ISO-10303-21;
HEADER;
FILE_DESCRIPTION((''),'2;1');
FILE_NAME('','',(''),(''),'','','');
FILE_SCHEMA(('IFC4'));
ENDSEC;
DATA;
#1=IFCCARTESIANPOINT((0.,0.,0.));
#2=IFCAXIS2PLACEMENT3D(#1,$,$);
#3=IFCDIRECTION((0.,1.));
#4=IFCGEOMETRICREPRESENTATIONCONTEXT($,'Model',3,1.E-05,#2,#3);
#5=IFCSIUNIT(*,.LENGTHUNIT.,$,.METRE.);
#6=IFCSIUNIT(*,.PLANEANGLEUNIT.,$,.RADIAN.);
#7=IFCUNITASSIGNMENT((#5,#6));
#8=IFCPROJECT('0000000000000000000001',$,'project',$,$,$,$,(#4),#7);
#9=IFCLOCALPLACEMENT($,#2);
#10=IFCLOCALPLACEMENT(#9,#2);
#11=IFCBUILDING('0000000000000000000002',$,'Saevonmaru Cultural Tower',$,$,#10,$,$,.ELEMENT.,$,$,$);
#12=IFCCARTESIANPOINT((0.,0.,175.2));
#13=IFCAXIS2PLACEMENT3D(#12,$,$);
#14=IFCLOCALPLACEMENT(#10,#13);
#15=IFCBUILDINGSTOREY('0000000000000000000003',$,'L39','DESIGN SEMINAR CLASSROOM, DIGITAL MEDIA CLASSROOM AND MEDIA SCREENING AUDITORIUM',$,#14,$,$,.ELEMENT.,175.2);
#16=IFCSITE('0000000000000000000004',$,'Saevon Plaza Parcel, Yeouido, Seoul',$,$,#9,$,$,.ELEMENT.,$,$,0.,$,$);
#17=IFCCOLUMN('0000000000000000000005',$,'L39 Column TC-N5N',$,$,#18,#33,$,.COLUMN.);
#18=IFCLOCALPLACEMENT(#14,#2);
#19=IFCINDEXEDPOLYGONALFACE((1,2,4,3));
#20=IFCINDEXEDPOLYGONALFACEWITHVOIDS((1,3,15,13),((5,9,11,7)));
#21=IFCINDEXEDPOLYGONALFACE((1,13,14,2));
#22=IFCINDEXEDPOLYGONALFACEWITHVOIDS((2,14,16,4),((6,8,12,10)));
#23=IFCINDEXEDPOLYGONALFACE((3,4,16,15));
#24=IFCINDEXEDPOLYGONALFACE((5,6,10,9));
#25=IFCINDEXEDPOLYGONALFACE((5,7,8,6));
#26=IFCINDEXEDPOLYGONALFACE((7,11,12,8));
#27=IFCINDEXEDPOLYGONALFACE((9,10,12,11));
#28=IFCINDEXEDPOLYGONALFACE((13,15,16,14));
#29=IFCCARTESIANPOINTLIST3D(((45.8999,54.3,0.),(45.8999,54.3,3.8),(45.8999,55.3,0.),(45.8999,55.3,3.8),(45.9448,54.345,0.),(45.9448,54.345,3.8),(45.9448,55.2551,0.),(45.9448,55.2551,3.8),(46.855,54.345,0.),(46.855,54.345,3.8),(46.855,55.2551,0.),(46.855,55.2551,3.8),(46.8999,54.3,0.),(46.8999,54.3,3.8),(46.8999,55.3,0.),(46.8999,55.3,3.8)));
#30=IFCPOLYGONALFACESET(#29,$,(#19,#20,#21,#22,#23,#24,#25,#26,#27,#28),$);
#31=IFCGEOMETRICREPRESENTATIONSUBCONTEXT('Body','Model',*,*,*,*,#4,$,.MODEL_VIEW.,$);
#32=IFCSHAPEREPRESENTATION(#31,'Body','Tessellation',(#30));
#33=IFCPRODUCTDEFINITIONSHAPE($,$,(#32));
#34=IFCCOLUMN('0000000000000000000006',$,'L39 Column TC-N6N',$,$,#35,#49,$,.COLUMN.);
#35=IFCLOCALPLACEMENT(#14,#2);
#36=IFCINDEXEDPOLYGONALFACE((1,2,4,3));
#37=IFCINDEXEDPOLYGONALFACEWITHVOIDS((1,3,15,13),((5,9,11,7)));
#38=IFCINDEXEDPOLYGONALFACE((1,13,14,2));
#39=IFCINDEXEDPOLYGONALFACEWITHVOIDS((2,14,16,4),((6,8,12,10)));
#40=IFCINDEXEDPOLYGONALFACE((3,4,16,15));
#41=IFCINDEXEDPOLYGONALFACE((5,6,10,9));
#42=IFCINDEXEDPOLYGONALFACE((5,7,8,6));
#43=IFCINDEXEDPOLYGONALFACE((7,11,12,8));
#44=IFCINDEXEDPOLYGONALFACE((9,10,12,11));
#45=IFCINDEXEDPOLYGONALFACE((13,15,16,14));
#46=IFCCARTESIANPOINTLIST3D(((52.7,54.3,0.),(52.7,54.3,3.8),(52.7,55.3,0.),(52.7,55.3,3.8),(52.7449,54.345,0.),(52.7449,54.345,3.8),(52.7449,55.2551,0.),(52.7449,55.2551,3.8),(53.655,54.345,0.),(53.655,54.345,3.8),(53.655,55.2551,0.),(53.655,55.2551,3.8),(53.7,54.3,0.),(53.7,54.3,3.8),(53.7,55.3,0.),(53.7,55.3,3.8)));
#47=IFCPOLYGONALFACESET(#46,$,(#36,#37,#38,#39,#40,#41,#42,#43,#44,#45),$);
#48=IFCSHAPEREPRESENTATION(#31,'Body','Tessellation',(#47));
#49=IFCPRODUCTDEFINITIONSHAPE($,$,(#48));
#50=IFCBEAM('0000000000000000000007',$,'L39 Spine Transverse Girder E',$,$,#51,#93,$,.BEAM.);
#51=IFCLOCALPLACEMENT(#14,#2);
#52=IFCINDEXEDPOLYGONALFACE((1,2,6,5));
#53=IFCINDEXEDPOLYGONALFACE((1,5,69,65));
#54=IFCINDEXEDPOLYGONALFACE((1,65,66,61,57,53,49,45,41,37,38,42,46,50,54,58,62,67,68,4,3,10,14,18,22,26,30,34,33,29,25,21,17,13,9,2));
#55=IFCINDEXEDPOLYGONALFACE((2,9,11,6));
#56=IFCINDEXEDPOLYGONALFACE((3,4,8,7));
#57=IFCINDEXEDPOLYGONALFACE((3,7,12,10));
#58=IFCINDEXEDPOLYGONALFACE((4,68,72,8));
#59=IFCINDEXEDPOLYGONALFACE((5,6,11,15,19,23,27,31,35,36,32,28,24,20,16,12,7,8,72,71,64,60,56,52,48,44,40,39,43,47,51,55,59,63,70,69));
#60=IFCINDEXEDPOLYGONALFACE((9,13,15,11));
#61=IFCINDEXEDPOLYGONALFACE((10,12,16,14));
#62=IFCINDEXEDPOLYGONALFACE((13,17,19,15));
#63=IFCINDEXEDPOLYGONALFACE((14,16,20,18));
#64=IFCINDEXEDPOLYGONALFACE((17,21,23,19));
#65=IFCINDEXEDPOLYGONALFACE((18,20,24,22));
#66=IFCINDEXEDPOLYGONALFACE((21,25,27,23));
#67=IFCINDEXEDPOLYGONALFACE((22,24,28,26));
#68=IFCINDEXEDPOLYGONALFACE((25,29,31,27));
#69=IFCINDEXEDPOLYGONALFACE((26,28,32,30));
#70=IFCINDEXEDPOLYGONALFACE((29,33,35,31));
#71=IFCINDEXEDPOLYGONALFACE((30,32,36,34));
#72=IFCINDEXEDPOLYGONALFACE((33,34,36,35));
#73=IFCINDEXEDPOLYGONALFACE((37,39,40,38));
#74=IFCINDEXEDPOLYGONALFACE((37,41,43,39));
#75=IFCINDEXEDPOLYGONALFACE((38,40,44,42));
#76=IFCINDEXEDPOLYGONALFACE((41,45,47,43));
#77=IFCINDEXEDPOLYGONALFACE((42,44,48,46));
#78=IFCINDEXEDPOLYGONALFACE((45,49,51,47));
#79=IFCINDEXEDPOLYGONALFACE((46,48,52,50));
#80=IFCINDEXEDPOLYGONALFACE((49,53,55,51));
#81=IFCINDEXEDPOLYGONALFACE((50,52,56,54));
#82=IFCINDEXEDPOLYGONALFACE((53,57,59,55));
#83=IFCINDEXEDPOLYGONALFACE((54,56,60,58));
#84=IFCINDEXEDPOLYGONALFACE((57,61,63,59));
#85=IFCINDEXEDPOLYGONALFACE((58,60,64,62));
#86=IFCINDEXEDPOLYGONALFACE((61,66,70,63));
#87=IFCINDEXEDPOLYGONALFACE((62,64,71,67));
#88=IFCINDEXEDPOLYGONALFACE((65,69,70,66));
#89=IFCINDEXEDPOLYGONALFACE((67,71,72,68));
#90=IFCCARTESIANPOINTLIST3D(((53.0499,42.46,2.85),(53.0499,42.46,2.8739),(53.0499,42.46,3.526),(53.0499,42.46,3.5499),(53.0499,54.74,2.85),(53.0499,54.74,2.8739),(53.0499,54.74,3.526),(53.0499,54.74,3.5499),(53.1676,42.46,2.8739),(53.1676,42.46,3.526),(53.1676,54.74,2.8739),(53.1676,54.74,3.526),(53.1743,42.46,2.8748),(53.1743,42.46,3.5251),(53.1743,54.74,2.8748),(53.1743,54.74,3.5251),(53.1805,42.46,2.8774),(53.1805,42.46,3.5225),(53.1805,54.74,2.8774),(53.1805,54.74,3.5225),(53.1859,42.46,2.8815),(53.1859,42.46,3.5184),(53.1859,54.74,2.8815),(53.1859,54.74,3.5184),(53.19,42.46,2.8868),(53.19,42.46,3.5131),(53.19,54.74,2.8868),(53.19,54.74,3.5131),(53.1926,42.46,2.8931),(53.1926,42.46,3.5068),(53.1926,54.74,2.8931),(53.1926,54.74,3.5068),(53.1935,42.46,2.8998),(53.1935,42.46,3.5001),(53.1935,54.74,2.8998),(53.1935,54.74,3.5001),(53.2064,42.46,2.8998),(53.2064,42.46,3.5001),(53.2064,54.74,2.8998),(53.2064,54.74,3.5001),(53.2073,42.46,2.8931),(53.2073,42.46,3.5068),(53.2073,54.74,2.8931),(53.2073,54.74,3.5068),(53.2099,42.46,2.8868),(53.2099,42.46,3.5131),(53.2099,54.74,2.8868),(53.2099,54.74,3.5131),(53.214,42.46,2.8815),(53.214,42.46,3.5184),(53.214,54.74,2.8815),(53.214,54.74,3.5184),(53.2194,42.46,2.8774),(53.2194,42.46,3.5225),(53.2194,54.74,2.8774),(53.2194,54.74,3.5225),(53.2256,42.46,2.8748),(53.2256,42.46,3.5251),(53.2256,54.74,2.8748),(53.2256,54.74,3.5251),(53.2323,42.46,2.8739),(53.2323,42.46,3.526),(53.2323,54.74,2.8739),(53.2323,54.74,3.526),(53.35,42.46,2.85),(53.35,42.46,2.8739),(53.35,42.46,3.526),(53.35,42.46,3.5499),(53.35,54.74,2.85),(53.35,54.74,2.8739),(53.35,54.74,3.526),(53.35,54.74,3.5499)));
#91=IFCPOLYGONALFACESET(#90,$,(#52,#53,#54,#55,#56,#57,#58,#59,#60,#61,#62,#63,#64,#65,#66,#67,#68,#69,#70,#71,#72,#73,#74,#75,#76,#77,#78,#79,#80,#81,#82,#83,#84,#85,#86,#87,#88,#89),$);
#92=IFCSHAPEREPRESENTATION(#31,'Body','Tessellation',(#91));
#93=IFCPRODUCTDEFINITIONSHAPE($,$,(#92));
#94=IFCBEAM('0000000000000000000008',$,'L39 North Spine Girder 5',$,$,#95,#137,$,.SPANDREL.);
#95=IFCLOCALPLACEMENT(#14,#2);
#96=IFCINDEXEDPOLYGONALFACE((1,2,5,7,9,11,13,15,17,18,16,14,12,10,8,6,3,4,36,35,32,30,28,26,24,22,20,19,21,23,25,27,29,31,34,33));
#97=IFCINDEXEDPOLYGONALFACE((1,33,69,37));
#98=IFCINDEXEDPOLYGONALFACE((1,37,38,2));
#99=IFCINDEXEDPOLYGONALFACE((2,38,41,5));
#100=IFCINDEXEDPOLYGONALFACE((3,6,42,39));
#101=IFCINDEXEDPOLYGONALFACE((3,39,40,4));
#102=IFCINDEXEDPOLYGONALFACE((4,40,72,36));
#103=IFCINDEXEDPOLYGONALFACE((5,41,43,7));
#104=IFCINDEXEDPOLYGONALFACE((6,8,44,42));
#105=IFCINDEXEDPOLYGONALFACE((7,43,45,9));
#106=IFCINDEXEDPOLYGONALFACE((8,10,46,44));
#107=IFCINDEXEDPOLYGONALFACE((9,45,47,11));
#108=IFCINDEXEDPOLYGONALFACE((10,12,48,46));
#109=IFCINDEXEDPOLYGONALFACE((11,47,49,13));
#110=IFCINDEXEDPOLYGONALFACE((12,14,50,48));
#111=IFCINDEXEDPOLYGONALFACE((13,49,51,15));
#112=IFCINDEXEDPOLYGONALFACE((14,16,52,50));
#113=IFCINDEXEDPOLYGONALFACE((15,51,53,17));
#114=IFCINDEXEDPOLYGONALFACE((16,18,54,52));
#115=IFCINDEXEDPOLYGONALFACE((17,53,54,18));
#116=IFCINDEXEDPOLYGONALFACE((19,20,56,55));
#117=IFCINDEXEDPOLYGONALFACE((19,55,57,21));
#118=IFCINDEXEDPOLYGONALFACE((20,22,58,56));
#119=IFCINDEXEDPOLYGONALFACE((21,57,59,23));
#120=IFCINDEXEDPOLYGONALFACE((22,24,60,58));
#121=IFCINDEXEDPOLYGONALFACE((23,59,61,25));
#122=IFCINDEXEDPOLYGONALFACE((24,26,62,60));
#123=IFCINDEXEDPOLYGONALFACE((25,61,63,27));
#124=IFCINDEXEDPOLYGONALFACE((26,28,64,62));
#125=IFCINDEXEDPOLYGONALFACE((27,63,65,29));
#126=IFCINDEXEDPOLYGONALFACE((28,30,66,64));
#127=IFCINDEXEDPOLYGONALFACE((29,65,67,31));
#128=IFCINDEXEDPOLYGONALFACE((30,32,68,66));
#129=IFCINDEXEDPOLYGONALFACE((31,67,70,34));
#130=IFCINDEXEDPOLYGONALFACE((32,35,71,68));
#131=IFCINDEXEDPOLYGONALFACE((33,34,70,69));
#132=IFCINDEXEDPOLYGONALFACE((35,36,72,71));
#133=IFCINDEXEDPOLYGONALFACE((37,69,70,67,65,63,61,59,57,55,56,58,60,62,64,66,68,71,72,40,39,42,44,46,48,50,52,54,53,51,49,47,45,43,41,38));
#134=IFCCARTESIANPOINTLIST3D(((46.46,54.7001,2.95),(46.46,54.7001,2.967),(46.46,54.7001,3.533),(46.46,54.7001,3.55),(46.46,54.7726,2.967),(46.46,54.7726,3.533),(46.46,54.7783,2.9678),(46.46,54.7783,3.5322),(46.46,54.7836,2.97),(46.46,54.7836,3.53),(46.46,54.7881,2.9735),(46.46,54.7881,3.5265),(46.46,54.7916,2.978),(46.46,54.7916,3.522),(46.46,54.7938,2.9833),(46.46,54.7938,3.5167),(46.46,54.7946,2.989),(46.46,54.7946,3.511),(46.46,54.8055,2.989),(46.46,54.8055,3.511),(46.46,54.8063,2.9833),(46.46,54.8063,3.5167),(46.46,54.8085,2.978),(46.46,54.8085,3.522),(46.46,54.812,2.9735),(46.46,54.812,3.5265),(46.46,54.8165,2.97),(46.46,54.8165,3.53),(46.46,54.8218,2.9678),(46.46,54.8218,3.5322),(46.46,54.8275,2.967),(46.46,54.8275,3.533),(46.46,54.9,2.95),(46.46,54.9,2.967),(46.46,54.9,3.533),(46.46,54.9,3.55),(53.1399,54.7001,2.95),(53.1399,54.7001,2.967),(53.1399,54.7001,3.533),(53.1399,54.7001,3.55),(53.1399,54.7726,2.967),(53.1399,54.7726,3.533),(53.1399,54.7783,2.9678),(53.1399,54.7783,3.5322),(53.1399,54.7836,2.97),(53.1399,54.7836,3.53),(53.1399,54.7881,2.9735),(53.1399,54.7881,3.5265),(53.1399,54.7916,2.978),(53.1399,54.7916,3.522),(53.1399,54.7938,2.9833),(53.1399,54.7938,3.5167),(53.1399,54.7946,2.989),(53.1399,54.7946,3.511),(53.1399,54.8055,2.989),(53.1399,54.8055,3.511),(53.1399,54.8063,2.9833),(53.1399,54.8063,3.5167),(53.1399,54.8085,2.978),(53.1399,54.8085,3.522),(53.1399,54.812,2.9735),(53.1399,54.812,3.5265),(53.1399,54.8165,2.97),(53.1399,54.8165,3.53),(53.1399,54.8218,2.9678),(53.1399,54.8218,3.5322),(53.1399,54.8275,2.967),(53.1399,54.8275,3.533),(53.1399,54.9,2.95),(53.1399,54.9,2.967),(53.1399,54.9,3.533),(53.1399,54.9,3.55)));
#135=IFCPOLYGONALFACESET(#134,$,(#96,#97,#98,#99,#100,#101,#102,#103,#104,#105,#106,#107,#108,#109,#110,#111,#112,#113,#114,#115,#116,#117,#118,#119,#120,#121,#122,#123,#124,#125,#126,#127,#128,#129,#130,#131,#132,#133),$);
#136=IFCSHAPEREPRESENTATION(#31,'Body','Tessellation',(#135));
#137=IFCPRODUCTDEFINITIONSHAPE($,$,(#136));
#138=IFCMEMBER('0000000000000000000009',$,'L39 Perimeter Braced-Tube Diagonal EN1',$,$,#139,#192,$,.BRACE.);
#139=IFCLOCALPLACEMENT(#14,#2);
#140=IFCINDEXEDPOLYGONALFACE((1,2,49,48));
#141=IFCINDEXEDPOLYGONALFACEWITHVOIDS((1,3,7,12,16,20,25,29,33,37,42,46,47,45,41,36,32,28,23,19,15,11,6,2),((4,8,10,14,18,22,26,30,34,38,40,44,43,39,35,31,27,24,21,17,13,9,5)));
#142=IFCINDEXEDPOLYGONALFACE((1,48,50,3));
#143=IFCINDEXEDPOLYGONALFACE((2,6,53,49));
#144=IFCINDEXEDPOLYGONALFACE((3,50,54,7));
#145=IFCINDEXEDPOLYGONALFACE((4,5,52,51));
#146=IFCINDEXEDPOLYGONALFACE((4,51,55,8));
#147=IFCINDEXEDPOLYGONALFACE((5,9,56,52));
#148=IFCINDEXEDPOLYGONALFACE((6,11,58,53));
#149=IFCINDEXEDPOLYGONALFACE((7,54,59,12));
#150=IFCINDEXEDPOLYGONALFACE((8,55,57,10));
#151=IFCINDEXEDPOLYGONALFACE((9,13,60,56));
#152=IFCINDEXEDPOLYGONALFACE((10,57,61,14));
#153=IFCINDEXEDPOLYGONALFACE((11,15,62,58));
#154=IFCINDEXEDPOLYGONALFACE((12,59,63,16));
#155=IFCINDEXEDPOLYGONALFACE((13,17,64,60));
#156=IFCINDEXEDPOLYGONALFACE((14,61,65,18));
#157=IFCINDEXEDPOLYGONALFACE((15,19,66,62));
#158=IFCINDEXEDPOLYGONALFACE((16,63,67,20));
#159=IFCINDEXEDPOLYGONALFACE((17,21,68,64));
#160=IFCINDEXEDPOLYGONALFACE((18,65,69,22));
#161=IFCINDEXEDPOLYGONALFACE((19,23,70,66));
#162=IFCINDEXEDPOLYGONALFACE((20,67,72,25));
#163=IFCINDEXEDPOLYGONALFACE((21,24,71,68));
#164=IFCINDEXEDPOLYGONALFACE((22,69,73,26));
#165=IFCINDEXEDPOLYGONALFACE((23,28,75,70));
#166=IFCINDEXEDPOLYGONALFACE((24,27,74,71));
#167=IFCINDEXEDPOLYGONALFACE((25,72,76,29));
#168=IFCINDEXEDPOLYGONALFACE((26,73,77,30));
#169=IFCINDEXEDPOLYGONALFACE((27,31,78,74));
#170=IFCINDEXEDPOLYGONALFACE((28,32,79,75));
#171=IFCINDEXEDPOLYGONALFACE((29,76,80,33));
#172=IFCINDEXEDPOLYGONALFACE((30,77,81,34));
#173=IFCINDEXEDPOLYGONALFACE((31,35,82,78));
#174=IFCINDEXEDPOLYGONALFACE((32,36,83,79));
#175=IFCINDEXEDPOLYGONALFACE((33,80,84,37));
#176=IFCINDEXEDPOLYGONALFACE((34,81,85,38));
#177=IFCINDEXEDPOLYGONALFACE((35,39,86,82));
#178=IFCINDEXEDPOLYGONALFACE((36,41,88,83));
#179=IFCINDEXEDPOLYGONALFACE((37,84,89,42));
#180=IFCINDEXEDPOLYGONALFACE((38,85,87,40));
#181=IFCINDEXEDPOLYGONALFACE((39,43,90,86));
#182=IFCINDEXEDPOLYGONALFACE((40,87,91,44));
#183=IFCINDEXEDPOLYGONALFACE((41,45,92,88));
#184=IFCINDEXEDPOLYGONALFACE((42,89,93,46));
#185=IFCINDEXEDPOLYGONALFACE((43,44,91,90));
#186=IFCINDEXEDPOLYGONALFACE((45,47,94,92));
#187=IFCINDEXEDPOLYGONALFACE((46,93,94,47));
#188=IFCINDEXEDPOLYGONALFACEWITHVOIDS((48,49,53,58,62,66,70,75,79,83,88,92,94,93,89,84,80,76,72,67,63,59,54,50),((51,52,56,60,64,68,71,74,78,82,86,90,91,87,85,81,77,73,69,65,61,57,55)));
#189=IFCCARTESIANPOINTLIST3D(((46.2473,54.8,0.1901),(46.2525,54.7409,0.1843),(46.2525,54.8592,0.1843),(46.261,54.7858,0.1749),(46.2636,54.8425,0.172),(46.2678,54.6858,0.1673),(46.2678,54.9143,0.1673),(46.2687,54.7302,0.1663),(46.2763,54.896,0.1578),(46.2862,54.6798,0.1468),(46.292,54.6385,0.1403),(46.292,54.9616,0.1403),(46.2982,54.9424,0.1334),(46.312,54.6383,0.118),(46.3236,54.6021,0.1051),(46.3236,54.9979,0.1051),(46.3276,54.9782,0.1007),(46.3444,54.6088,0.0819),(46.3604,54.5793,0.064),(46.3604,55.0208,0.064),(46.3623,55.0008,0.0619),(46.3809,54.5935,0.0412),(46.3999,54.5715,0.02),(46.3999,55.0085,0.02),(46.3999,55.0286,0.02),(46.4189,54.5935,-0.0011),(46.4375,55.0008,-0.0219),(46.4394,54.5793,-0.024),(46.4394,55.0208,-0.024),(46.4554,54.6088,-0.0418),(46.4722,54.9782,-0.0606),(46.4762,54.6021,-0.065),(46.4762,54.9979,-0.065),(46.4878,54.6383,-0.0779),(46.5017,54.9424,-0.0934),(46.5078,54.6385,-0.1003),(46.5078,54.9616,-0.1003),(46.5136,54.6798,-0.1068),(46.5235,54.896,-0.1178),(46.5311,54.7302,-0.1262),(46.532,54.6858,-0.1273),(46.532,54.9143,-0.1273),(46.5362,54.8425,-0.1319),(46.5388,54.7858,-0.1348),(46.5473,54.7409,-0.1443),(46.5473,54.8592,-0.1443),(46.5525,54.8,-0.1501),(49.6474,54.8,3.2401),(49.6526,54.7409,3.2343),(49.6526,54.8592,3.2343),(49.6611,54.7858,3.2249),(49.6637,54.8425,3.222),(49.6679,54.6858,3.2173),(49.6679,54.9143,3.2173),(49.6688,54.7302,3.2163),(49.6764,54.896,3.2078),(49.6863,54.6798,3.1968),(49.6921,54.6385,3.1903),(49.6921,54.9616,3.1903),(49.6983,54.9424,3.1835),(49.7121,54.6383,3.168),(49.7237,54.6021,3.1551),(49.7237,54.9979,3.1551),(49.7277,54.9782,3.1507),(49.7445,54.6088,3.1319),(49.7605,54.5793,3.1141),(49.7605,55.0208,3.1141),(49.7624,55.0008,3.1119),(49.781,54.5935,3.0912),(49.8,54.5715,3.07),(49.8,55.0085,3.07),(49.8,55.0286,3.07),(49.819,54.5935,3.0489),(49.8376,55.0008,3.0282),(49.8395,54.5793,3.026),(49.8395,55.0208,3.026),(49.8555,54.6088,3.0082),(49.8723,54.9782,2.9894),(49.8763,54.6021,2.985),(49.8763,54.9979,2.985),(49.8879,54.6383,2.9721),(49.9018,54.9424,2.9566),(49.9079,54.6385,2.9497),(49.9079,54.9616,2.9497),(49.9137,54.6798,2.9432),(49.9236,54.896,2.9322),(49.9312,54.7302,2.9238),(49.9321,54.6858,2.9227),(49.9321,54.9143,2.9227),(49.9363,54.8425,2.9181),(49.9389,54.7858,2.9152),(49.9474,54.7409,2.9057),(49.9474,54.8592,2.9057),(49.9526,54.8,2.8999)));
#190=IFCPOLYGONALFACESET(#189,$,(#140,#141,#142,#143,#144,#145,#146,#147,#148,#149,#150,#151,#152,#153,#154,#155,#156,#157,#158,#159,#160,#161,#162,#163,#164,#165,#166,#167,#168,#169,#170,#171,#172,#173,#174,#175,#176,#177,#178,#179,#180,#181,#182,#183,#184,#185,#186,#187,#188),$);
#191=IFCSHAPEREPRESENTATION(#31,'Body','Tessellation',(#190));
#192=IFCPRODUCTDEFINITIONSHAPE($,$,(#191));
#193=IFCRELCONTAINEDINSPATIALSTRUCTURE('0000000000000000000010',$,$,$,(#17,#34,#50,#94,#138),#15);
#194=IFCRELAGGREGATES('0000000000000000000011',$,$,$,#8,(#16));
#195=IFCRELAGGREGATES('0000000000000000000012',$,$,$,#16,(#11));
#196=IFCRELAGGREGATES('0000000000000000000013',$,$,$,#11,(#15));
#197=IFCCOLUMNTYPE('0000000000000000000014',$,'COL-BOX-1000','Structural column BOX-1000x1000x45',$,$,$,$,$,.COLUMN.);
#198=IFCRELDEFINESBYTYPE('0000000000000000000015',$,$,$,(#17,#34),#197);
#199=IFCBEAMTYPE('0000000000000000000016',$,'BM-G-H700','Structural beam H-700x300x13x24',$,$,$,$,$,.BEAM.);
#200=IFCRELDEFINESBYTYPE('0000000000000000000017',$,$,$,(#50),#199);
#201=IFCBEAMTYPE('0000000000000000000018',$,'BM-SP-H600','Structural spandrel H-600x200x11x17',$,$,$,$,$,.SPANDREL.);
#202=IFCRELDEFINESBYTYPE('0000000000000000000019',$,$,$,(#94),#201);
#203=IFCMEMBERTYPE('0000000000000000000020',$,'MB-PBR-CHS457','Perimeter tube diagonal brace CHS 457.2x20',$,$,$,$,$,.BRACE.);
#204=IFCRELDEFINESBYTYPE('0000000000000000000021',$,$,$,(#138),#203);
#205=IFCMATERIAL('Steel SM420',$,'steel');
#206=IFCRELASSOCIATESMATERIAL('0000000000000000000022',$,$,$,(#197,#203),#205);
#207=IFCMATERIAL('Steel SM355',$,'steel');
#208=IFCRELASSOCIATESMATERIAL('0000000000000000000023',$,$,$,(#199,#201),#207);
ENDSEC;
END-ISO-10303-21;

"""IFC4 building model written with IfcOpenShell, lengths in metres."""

from ifc_helpers import new_model, si_unit, direction, frame, origin, origin_2d, place, context, subcontext, project, spatial, hollow_rectangle, hollow_circle, i_section, extrude, material, material_profile, profile_set, type_object, element, save


model = new_model("IFC4")

# Units and contexts
model_context = context("Model", 3, precision=1e-05, world=origin(), true_north=direction((0.0, 1.0)))
body_context = subcontext(model_context, "Body", "Model", "MODEL_VIEW")
ifc_project = project(units=[si_unit("LENGTHUNIT", "METRE"), si_unit("PLANEANGLEUNIT", "RADIAN")], contexts=[model_context])

# Site, building, storey
site_placement = place(None, origin())
site = spatial("IfcSite", under=ifc_project, at=site_placement, Name="Saevon Plaza Parcel, Yeouido, Seoul", CompositionType="ELEMENT", RefElevation=0.0)
building_placement = place(site_placement, origin())
building = spatial("IfcBuilding", under=site, at=building_placement, Name="Saevonmaru Cultural Tower", CompositionType="ELEMENT")
storey_placement = place(building_placement, frame((0.0, 0.0, 175.2)))
storey = spatial("IfcBuildingStorey", under=building, at=storey_placement, Name="L39", Description="DESIGN SEMINAR CLASSROOM, DIGITAL MEDIA CLASSROOM AND MEDIA SCREENING AUDITORIUM", CompositionType="ELEMENT", Elevation=175.2)

# Columns
ifc_material_1 = material(Name="Steel SM420", Category="steel")
ifc_material_profile_1 = material_profile(ifc_material_1, hollow_rectangle(XDim=1.0, YDim=1.0, WallThickness=0.0449, at=origin_2d()), Name="BOX-1000x1000x45")
ifc_profile_set_1 = profile_set([ifc_material_profile_1], Name="Steel SM420")
column_type = type_object("IfcColumnType", Name="COL-BOX-1000", Description="Structural column BOX-1000x1000x45", PredefinedType="COLUMN", material=ifc_profile_set_1)
for number, where, z_axis, x_axis, name in (
    (1, (46.3999, 54.8, 0.0), (0.0, 0.0, 1.0), (1.0, 0.0, 0.0), "L39 Column TC-N5N"),
    (2, (53.2, 54.8, 0.0), (0.0, 0.0, 1.0), (1.0, 0.0, 0.0), "L39 Column TC-N6N"),
):
    element("IfcColumn", number, at=place(storey_placement, frame(where, z_axis=z_axis, x_axis=x_axis)), inside=storey, type_object=column_type, Name=name, PredefinedType="COLUMN", context=body_context, shape_type="SweptSolid", body=[
        extrude(hollow_rectangle(XDim=1.0, YDim=1.0, WallThickness=0.0449, at=origin_2d()), origin(), (0.0, 0.0, 1.0), 3.8),
    ])

# Beams
ifc_material_2 = material(Name="Steel SM355", Category="steel")
ifc_material_profile_2 = material_profile(ifc_material_2, i_section(OverallWidth=0.3, OverallDepth=0.7, WebThickness=0.0129, FlangeThickness=0.0239, FilletRadius=0.0259, at=origin_2d()), Name="H-700x300x13x24")
ifc_profile_set_2 = profile_set([ifc_material_profile_2], Name="Steel SM355")
beam_type_1 = type_object("IfcBeamType", Name="BM-G-H700", Description="Structural beam H-700x300x13x24", PredefinedType="BEAM", material=ifc_profile_set_2)
beam_1_placement = place(storey_placement, frame((53.2, 54.74, 3.2), z_axis=(0.0, -1.0, 0.0), x_axis=(1.0, 0.0, 0.0)))
element("IfcBeam", 3, at=beam_1_placement, inside=storey, type_object=beam_type_1, Name="L39 Spine Transverse Girder E", PredefinedType="BEAM", context=body_context, shape_type="SweptSolid", body=[
    extrude(i_section(OverallWidth=0.3, OverallDepth=0.7, WebThickness=0.0129, FlangeThickness=0.0239, FilletRadius=0.0259, at=origin_2d()), origin(), (0.0, 0.0, 1.0), 12.28),
])
ifc_material_profile_3 = material_profile(ifc_material_2, i_section(OverallWidth=0.2, OverallDepth=0.6001, WebThickness=0.011, FlangeThickness=0.0171, FilletRadius=0.022, at=origin_2d()), Name="H-600x200x11x17")
ifc_profile_set_3 = profile_set([ifc_material_profile_3], Name="Steel SM355")
beam_type_2 = type_object("IfcBeamType", Name="BM-SP-H600", Description="Structural spandrel H-600x200x11x17", PredefinedType="SPANDREL", material=ifc_profile_set_3)
beam_2_placement = place(storey_placement, frame((46.46, 54.8, 3.25), z_axis=(1.0, 0.0, 0.0), x_axis=(0.0, 1.0, 0.0)))
element("IfcBeam", 4, at=beam_2_placement, inside=storey, type_object=beam_type_2, Name="L39 North Spine Girder 5", PredefinedType="SPANDREL", context=body_context, shape_type="SweptSolid", body=[
    extrude(i_section(OverallWidth=0.2, OverallDepth=0.6001, WebThickness=0.011, FlangeThickness=0.0171, FilletRadius=0.022, at=origin_2d()), origin(), (0.0, 0.0, 1.0), 6.6799),
])

# Member
ifc_material_profile_4 = material_profile(ifc_material_1, hollow_circle(Radius=0.2285, WallThickness=0.02, at=origin_2d()), Name="CHS-457.2x20")
ifc_profile_set_4 = profile_set([ifc_material_profile_4], Name="Steel SM420")
member_type_1 = type_object("IfcMemberType", Name="MB-PBR-CHS457", Description="Perimeter tube diagonal brace CHS 457.2x20", PredefinedType="BRACE", material=ifc_profile_set_4)
for number, where, z_axis, x_axis, name in (
    (5, (46.3999, 54.8, 0.02), (0.744391, 0.0, 0.667744), (0.0, 1.0, 0.0), "L39 Perimeter Braced-Tube Diagonal EN1"),
):
    element("IfcMember", number, at=place(storey_placement, frame(where, z_axis=z_axis, x_axis=x_axis)), inside=storey, type_object=member_type_1, Name=name, PredefinedType="BRACE", context=body_context, shape_type="SweptSolid", body=[
        extrude(hollow_circle(Radius=0.2285, WallThickness=0.02, at=origin_2d()), origin(), (0.0, 0.0, 1.0), 4.5676),
    ])

save(model, "model.ifc")
